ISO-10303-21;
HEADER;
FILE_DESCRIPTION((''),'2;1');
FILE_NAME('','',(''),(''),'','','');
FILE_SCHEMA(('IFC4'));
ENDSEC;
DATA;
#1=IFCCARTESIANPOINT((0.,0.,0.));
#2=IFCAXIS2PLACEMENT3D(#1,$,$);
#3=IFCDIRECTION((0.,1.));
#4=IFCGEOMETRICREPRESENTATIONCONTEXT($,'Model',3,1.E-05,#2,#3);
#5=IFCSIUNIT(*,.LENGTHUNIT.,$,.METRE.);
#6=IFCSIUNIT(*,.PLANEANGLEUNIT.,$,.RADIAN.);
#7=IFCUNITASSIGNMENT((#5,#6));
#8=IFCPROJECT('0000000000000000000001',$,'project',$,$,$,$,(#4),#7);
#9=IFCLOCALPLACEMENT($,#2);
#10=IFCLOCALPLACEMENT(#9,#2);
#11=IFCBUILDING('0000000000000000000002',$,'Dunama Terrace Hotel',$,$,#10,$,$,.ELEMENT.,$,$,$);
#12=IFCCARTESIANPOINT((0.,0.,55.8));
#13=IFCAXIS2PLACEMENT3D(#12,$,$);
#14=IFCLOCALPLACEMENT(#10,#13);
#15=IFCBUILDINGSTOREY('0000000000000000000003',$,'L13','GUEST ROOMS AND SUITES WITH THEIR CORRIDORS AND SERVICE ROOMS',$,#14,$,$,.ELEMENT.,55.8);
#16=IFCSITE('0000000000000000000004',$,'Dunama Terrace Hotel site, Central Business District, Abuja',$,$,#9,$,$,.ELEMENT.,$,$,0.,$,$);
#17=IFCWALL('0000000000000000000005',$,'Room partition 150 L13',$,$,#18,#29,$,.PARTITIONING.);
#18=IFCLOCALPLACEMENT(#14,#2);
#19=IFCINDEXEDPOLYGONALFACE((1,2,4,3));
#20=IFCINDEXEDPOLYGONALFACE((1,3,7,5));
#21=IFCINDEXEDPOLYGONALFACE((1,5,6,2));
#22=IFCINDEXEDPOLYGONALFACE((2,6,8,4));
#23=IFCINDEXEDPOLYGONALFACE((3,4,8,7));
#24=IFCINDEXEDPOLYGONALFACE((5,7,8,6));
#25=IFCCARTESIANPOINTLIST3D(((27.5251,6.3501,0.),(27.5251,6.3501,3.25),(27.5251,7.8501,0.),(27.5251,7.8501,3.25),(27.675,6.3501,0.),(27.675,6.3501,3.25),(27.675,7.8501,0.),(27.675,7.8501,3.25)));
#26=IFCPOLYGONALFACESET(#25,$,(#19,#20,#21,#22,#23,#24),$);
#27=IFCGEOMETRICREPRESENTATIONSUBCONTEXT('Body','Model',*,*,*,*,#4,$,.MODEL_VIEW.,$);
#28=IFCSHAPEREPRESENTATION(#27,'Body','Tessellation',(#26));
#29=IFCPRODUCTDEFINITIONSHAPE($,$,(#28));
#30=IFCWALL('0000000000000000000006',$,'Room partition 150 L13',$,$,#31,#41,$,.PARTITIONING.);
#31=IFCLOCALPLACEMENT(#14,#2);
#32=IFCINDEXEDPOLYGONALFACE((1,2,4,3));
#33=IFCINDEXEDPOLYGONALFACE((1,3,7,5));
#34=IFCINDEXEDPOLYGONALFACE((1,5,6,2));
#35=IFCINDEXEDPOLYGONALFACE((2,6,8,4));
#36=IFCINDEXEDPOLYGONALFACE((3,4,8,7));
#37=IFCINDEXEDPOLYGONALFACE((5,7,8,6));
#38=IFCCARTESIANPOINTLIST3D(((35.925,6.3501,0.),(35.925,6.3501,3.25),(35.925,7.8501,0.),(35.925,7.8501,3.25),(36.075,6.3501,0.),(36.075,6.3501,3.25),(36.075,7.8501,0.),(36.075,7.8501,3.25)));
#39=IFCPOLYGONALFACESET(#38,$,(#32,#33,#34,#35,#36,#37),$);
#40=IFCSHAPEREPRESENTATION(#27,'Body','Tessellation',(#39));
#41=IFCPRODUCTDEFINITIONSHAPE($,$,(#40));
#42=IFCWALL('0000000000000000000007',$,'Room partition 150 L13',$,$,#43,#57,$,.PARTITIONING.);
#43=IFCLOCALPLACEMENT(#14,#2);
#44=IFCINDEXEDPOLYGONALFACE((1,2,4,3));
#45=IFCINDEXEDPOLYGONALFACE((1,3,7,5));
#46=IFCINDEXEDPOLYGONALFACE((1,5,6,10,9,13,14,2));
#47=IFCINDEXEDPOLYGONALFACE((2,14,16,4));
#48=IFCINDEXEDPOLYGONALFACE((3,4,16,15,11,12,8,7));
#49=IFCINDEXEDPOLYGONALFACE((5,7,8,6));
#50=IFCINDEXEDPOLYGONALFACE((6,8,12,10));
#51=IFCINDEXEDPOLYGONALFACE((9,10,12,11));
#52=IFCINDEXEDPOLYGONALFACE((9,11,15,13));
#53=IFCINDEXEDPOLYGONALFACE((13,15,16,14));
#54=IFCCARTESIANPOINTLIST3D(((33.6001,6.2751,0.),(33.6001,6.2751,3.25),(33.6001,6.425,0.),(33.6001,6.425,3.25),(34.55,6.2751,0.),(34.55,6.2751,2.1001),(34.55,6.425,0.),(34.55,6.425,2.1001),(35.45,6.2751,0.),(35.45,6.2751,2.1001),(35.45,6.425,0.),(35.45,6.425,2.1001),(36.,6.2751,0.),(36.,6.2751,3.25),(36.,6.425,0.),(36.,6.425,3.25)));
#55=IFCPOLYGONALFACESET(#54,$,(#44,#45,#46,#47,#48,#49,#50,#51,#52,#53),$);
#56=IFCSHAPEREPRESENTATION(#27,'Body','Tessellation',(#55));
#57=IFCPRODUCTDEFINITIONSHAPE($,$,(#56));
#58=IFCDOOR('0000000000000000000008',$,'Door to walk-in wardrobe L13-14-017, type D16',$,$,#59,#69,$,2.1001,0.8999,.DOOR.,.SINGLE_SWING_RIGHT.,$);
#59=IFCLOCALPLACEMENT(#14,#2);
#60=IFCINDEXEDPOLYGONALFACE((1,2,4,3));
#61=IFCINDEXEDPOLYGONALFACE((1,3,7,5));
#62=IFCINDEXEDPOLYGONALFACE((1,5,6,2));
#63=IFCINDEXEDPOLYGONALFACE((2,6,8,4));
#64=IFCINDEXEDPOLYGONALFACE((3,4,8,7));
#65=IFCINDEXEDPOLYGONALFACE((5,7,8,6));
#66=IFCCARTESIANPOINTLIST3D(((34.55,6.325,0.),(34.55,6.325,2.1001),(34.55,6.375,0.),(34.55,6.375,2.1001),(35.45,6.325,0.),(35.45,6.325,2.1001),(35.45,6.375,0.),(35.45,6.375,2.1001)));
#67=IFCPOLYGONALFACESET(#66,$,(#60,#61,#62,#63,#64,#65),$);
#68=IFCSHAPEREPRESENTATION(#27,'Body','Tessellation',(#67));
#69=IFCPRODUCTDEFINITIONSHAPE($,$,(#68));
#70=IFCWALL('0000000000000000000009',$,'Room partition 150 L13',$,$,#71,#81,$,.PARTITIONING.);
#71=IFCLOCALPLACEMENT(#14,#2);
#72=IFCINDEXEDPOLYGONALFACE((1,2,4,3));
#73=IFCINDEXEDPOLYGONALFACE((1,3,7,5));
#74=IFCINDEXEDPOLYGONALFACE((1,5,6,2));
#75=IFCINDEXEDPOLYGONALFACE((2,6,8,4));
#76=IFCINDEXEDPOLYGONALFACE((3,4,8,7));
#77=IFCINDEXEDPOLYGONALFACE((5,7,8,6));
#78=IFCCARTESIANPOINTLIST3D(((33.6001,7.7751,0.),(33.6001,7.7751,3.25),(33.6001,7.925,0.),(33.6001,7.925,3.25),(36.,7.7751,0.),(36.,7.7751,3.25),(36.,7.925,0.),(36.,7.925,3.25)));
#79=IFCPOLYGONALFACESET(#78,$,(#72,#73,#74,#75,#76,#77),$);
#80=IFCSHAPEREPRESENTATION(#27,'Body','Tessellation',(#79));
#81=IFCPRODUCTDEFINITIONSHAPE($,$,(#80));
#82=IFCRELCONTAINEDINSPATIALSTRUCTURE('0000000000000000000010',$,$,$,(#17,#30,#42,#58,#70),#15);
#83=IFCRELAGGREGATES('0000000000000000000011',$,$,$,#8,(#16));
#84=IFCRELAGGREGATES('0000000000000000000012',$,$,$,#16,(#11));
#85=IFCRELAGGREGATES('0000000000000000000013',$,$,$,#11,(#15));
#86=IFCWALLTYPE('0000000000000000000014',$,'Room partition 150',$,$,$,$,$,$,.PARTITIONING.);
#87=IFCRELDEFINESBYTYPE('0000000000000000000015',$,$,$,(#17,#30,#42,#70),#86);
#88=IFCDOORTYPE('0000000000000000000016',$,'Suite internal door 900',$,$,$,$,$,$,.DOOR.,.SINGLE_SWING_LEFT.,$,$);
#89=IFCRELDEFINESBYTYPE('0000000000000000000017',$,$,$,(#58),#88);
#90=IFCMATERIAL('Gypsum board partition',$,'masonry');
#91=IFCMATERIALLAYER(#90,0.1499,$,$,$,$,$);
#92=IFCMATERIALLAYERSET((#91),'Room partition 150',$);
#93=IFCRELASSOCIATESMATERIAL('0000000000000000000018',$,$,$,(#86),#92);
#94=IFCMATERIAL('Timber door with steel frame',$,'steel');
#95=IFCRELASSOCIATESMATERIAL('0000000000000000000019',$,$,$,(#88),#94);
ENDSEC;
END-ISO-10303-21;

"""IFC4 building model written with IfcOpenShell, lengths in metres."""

from ifc_helpers import new_model, si_unit, direction, frame, frame_2d, origin, place, context, subcontext, project, spatial, rectangle, extrude, material, layer, layer_set, type_object, element, fill, save


model = new_model("IFC4")

# Units and contexts
model_context = context("Model", 3, precision=1e-05, world=origin(), true_north=direction((0.0, 1.0)))
body_context = subcontext(model_context, "Body", "Model", "MODEL_VIEW")
ifc_project = project(units=[si_unit("LENGTHUNIT", "METRE"), si_unit("PLANEANGLEUNIT", "RADIAN")], contexts=[model_context])

# Site, building, storey
site_placement = place(None, origin())
site = spatial("IfcSite", under=ifc_project, at=site_placement, Name="Dunama Terrace Hotel site, Central Business District, Abuja", CompositionType="ELEMENT", RefElevation=0.0)
building_placement = place(site_placement, origin())
building = spatial("IfcBuilding", under=site, at=building_placement, Name="Dunama Terrace Hotel", CompositionType="ELEMENT")
storey_placement = place(building_placement, frame((0.0, 0.0, 55.8)))
storey = spatial("IfcBuildingStorey", under=building, at=storey_placement, Name="L13", Description="GUEST ROOMS AND SUITES WITH THEIR CORRIDORS AND SERVICE ROOMS", CompositionType="ELEMENT", Elevation=55.8)

# Walls
ifc_material_1 = material(Name="Gypsum board partition", Category="masonry")
ifc_layer_1 = layer(ifc_material_1, 0.1499)
ifc_layer_set_1 = layer_set([ifc_layer_1], Name="Room partition 150")
wall_type_1 = type_object("IfcWallType", Name="Room partition 150", PredefinedType="PARTITIONING", material=ifc_layer_set_1)
for number, where, z_axis, x_axis, name in (
    (1, (27.6001, 6.3501, 0.0), (0.0, 0.0, 1.0), (0.0, 1.0, 0.0), "Room partition 150 L13"),
    (2, (36.0, 6.3501, 0.0), (0.0, 0.0, 1.0), (0.0, 1.0, 0.0), "Room partition 150 L13"),
):
    element("IfcWall", number, at=place(storey_placement, frame(where, z_axis=z_axis, x_axis=x_axis)), inside=storey, type_object=wall_type_1, Name=name, PredefinedType="PARTITIONING", context=body_context, shape_type="SweptSolid", body=[
        extrude(rectangle(XDim=1.5, YDim=0.1499, at=frame_2d((0.75, 0.0))), origin(), (0.0, 0.0, 1.0), 3.25),
    ])

# Wall, opening, door
wall_1_placement = place(storey_placement, frame((33.6001, 6.3501, 0.0), z_axis=(0.0, 0.0, 1.0), x_axis=(1.0, 0.0, 0.0)))
wall_1 = element("IfcWall", 3, at=wall_1_placement, inside=storey, type_object=wall_type_1, Name="Room partition 150 L13", PredefinedType="PARTITIONING", context=body_context, shape_type="SweptSolid", body=[
    extrude(rectangle(XDim=2.3999, YDim=0.1499, at=frame_2d((1.2, 0.0))), origin(), (0.0, 0.0, 1.0), 3.25),
])
opening_1_placement = place(wall_1_placement, frame((0.95, 0.0, 0.0)))
opening_1 = element("IfcOpeningElement", 4, at=opening_1_placement, cuts=wall_1, PredefinedType="OPENING", context=body_context, shape_type="SweptSolid", body=[
    extrude(rectangle(XDim=0.8999, YDim=2.1001, at=frame_2d((0.45, 1.05))), frame((0.0, 0.085, 0.0), z_axis=(0.0, -1.0, 0.0), x_axis=(1.0, 0.0, 0.0)), (0.0, 0.0, 1.0), 0.1699),
])
ifc_material_2 = material(Name="Timber door with steel frame", Category="steel")
door_type_1 = type_object("IfcDoorType", Name="Suite internal door 900", OperationType="SINGLE_SWING_LEFT", PredefinedType="DOOR", material=ifc_material_2)
door_1_placement = place(opening_1_placement, origin())
door_1 = element("IfcDoor", 5, at=door_1_placement, inside=storey, type_object=door_type_1, Name="Door to walk-in wardrobe L13-14-017, type D16", OperationType="SINGLE_SWING_RIGHT", OverallHeight=2.1001, OverallWidth=0.8999, PredefinedType="DOOR", context=body_context, shape_type="SweptSolid", body=[
    extrude(rectangle(XDim=0.8999, YDim=2.1001, at=frame_2d((0.45, 1.05))), frame((0.0, 0.0249, 0.0), z_axis=(0.0, -1.0, 0.0), x_axis=(1.0, 0.0, 0.0)), (0.0, 0.0, 1.0), 0.05),
])
fill(opening_1, door_1)

# Wall
wall_2_placement = place(storey_placement, frame((33.6001, 7.8501, 0.0), z_axis=(0.0, 0.0, 1.0), x_axis=(1.0, 0.0, 0.0)))
element("IfcWall", 6, at=wall_2_placement, inside=storey, type_object=wall_type_1, Name="Room partition 150 L13", PredefinedType="PARTITIONING", context=body_context, shape_type="SweptSolid", body=[
    extrude(rectangle(XDim=2.3999, YDim=0.1499, at=frame_2d((1.2, 0.0))), origin(), (0.0, 0.0, 1.0), 3.25),
])

save(model, "model.ifc")
